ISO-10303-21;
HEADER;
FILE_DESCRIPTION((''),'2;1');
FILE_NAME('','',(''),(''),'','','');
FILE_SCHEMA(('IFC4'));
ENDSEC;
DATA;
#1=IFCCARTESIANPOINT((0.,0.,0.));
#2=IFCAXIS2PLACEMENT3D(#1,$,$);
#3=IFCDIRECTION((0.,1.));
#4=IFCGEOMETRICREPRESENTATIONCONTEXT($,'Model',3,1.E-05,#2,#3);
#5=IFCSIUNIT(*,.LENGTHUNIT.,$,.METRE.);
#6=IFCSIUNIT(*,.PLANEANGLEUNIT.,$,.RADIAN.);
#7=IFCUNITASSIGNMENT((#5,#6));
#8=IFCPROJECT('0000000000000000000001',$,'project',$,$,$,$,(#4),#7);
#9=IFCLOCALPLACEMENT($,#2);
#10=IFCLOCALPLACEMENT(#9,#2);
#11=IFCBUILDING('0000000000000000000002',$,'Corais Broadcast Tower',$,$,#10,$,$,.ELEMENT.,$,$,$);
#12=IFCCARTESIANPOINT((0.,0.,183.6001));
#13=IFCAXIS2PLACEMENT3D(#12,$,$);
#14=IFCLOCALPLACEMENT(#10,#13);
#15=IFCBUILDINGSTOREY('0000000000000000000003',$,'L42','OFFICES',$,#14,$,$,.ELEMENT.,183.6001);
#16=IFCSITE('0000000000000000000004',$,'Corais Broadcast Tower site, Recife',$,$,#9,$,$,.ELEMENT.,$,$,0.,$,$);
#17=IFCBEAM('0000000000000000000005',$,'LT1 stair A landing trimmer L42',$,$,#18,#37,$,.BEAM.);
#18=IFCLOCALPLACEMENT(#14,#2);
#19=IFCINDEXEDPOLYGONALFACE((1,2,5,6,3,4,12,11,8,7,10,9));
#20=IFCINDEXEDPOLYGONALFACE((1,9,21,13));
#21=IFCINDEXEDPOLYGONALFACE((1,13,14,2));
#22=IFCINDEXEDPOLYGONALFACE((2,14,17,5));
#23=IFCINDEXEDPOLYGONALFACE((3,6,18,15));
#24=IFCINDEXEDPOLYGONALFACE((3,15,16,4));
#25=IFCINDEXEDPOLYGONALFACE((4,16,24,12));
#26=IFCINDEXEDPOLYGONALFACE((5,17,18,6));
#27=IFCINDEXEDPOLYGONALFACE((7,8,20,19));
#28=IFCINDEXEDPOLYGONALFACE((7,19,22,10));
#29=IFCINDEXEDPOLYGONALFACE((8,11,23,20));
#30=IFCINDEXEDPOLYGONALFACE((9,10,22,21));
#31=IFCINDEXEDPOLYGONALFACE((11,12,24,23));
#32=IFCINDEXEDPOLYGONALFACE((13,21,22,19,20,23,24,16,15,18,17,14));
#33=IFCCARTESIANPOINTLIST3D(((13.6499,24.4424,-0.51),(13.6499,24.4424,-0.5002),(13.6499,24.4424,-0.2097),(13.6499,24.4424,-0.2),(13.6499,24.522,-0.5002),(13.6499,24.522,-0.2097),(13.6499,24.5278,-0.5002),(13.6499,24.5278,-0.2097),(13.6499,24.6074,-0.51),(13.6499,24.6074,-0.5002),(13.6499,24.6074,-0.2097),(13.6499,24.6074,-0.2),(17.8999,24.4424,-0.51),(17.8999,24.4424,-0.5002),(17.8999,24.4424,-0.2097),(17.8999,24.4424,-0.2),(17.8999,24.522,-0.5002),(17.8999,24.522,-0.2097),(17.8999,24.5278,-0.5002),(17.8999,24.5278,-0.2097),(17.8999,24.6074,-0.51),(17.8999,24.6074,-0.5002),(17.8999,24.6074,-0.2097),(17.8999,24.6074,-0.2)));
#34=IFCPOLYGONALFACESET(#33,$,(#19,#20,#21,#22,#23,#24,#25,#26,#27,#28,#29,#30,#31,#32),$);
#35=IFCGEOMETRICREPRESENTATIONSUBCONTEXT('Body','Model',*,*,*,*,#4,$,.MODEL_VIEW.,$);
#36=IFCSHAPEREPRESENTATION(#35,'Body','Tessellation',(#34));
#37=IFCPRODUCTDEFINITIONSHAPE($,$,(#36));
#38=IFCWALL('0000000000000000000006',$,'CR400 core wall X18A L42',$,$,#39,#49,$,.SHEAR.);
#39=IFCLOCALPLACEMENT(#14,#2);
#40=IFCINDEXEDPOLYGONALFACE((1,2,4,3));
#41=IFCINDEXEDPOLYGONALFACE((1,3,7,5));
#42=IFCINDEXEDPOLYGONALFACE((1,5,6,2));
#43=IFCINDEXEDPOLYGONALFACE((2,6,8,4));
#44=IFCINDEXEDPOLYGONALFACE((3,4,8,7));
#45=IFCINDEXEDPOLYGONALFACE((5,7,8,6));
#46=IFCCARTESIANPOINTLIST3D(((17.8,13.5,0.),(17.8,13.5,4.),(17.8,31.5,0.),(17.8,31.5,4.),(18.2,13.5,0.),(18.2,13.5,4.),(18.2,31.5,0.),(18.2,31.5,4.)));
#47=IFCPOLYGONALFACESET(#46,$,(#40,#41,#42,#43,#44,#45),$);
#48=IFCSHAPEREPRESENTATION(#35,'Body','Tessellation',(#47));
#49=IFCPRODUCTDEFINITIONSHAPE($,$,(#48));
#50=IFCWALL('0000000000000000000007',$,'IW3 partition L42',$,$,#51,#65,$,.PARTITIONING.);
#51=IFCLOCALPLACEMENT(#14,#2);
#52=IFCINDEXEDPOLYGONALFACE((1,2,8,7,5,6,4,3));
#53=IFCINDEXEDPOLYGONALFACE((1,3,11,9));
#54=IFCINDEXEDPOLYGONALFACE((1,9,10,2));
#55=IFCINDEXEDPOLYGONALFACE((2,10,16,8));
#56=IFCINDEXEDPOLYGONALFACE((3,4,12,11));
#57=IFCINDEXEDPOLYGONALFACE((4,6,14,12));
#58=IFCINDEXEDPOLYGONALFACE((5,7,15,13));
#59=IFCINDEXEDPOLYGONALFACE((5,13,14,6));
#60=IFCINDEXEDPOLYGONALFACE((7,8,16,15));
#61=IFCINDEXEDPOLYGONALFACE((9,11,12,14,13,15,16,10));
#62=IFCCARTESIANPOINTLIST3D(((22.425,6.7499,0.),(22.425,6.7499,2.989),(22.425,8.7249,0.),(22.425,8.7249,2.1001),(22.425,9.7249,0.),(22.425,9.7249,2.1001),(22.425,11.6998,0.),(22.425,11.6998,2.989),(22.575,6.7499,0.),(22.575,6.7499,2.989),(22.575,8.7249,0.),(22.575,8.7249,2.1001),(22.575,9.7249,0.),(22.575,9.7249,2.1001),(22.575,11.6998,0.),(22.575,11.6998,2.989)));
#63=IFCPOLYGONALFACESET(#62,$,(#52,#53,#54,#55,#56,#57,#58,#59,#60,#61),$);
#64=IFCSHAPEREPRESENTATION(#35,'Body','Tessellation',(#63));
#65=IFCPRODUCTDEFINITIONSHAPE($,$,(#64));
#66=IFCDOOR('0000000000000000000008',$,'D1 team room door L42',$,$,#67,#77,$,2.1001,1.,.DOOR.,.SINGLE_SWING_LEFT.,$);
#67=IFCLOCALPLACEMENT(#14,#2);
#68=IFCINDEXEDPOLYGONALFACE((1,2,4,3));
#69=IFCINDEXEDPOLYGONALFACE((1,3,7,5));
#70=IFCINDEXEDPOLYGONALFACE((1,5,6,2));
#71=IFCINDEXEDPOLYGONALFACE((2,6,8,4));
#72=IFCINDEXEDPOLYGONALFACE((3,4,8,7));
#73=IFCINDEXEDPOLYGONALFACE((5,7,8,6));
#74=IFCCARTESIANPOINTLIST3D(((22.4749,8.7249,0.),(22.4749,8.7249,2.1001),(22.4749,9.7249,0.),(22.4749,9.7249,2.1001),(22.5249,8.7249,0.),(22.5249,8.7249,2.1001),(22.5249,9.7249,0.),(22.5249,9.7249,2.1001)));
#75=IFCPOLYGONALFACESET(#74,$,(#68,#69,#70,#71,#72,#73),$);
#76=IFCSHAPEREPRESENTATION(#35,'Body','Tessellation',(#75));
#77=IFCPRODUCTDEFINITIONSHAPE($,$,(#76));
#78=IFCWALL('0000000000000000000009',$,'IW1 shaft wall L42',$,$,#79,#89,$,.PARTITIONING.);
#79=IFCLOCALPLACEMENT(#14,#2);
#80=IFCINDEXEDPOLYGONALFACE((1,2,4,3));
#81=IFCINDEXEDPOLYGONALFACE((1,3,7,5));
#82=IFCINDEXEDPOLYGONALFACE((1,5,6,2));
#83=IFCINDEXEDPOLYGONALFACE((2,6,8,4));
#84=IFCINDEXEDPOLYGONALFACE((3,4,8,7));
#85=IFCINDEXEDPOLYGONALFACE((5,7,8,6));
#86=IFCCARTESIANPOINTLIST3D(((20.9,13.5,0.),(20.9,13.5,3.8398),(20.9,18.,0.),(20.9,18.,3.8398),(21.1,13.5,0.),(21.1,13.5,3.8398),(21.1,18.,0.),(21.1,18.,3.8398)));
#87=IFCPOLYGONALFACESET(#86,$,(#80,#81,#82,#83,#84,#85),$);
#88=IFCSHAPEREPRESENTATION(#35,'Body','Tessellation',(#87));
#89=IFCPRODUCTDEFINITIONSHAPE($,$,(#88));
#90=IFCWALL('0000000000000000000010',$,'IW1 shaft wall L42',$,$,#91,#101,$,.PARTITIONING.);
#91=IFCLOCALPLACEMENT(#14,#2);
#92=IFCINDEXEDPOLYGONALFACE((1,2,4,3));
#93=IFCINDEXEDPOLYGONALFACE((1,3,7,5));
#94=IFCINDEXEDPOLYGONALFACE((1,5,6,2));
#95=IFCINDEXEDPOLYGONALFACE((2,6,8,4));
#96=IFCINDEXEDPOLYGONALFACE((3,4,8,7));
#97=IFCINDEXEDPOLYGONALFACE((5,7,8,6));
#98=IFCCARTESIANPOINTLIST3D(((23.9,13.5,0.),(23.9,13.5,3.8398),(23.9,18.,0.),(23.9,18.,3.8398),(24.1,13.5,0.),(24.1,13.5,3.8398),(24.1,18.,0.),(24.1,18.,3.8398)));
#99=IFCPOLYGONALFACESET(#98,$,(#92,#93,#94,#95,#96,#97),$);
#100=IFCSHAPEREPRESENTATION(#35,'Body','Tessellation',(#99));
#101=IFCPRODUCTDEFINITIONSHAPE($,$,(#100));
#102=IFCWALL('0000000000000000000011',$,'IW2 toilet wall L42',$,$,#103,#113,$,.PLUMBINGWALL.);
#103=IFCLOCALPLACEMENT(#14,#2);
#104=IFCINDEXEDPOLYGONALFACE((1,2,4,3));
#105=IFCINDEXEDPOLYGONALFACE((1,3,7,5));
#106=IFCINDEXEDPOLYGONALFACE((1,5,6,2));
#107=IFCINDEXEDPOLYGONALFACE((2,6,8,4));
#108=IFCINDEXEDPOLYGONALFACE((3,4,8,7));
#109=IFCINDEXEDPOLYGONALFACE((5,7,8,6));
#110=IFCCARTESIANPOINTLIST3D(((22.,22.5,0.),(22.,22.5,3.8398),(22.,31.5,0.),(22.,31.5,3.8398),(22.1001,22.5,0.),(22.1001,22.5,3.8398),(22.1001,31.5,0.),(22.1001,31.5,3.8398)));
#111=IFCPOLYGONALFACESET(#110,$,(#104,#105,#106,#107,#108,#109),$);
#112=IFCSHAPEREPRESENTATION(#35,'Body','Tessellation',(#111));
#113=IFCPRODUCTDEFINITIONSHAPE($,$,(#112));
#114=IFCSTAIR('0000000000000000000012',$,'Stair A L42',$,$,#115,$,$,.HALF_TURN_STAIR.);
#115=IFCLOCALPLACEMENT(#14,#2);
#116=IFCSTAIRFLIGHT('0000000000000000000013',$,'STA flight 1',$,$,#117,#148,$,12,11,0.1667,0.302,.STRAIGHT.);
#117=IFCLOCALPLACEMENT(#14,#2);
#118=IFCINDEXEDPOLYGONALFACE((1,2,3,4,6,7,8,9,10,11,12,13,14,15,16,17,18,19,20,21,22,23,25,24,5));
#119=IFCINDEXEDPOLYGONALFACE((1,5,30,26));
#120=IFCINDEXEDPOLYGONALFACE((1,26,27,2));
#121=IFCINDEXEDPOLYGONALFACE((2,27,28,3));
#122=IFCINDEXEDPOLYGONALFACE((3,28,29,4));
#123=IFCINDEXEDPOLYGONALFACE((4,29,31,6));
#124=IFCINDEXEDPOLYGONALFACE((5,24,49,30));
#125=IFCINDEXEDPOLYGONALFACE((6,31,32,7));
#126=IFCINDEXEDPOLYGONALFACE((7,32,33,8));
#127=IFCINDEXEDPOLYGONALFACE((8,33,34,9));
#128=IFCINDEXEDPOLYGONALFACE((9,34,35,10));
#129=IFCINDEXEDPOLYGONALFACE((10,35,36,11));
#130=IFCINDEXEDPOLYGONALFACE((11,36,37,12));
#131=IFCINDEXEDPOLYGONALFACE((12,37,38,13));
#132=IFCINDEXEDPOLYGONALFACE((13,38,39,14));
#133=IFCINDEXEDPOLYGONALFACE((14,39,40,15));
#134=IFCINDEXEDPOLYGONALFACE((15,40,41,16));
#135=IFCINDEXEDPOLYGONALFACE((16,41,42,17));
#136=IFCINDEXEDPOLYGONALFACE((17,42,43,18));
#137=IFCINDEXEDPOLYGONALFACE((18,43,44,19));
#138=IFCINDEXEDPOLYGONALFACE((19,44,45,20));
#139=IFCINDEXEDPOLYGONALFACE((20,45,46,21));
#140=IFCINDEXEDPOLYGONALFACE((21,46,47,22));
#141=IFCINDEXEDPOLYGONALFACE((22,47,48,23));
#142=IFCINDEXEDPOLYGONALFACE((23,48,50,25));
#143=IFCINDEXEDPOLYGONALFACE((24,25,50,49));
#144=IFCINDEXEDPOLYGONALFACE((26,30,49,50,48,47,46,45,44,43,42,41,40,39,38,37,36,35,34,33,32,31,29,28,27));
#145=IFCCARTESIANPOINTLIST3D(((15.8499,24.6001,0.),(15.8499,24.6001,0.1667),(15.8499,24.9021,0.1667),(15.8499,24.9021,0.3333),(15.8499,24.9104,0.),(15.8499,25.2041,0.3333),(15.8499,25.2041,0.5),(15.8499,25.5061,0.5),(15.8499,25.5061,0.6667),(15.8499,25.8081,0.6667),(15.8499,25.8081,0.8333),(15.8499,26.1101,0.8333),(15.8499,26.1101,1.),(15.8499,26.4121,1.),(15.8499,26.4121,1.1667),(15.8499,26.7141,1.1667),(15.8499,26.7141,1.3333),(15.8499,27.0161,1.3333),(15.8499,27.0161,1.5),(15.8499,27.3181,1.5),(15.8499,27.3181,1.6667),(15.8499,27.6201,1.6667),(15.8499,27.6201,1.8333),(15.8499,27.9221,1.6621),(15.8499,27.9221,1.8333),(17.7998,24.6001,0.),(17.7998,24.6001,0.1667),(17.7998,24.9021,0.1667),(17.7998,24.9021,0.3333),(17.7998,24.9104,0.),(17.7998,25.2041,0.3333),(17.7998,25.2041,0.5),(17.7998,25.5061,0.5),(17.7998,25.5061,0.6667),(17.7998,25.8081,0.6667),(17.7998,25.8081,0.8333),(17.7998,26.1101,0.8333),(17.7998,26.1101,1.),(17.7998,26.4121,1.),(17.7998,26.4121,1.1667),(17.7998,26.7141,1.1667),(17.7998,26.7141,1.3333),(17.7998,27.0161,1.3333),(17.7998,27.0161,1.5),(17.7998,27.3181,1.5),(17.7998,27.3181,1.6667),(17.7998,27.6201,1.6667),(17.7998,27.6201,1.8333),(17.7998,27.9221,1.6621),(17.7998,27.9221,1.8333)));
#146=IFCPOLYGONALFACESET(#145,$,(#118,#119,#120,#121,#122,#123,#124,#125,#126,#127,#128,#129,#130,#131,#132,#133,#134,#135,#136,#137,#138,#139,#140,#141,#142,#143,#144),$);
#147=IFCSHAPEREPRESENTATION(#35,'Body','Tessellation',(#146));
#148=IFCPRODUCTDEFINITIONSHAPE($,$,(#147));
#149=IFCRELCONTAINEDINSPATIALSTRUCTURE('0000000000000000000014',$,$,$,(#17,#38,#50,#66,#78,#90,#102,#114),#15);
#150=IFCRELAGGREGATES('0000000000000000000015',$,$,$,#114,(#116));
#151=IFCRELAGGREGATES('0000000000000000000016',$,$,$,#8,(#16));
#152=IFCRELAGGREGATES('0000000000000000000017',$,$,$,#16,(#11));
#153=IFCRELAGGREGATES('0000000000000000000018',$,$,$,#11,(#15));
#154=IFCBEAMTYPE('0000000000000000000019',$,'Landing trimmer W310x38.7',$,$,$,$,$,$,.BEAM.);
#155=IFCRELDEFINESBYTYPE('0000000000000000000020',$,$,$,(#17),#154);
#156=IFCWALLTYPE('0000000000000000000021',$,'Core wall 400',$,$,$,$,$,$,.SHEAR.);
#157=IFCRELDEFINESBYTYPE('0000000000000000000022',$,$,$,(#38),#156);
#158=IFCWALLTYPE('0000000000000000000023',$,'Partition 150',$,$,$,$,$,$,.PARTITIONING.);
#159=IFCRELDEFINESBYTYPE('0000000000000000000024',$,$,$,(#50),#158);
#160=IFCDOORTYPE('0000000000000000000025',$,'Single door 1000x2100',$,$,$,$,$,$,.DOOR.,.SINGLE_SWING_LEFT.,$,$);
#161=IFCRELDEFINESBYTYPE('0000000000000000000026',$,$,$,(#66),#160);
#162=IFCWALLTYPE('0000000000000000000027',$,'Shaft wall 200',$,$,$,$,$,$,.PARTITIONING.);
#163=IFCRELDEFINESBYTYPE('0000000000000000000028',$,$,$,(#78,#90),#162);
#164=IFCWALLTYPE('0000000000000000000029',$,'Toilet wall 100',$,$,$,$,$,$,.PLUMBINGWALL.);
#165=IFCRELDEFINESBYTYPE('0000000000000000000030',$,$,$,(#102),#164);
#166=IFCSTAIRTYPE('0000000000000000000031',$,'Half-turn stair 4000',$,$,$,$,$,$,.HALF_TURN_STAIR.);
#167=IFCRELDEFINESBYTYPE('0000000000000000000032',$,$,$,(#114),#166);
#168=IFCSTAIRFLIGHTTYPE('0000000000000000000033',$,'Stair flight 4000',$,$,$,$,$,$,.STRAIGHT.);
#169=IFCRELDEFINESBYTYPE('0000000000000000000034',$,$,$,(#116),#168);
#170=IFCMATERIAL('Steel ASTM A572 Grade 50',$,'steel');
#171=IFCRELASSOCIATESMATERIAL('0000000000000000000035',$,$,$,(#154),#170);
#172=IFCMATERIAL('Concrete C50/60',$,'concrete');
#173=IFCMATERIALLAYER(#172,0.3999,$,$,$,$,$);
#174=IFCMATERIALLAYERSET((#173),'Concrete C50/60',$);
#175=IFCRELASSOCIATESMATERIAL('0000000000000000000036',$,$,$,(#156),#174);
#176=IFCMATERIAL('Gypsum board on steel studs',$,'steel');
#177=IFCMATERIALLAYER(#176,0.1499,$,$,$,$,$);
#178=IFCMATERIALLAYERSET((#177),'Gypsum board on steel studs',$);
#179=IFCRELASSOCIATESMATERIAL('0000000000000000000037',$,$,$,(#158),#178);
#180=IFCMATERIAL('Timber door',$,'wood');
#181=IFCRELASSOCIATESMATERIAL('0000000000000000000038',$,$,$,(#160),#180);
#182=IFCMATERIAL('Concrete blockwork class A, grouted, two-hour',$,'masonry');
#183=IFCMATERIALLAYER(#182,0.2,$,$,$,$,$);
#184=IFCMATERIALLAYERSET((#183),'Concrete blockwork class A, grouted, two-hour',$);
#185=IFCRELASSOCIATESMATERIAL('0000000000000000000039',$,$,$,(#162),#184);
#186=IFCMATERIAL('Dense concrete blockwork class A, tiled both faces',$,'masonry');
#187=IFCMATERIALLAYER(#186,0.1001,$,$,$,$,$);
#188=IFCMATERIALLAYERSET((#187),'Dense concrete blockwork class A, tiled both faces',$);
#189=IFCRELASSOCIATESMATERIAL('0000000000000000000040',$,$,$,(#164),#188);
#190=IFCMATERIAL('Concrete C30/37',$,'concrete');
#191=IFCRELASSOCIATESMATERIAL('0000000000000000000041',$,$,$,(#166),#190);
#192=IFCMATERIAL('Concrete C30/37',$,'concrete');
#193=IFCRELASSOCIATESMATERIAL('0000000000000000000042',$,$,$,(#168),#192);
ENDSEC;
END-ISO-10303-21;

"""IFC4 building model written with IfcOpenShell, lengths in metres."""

from ifc_helpers import new_model, si_unit, direction, frame, frame_2d, origin, origin_2d, place, context, subcontext, project, spatial, polyline, rectangle, i_section, outline, extrude, material, layer, layer_set, material_profile, profile_set, type_object, element, fill, aggregate, save


model = new_model("IFC4")

# Units and contexts
model_context = context("Model", 3, precision=1e-05, world=origin(), true_north=direction((0.0, 1.0)))
body_context = subcontext(model_context, "Body", "Model", "MODEL_VIEW")
ifc_project = project(units=[si_unit("LENGTHUNIT", "METRE"), si_unit("PLANEANGLEUNIT", "RADIAN")], contexts=[model_context])

# Site, building, storey
site_placement = place(None, origin())
site = spatial("IfcSite", under=ifc_project, at=site_placement, Name="Corais Broadcast Tower site, Recife", CompositionType="ELEMENT", RefElevation=0.0)
building_placement = place(site_placement, origin())
building = spatial("IfcBuilding", under=site, at=building_placement, Name="Corais Broadcast Tower", CompositionType="ELEMENT")
storey_placement = place(building_placement, frame((0.0, 0.0, 183.6001)))
storey = spatial("IfcBuildingStorey", under=building, at=storey_placement, Name="L42", Description="OFFICES", CompositionType="ELEMENT", Elevation=183.6001)

# Beam
ifc_material_1 = material(Name="Steel ASTM A572 Grade 50", Category="steel")
ifc_material_profile = material_profile(ifc_material_1, i_section(OverallWidth=0.165, OverallDepth=0.3101, WebThickness=0.0059, FlangeThickness=0.0098, at=origin_2d()), Name="W310x38.7")
ifc_profile_set = profile_set([ifc_material_profile], Name="Steel ASTM A572 Grade 50")
beam_type = type_object("IfcBeamType", Name="Landing trimmer W310x38.7", PredefinedType="BEAM", material=ifc_profile_set)
beam_placement = place(storey_placement, frame((13.6499, 24.5249, -0.355), z_axis=(1.0, 0.0, 0.0), x_axis=(0.0, 1.0, 0.0)))
element("IfcBeam", 1, at=beam_placement, inside=storey, type_object=beam_type, Name="LT1 stair A landing trimmer L42", PredefinedType="BEAM", context=body_context, shape_type="SweptSolid", body=[
    extrude(i_section(OverallWidth=0.165, OverallDepth=0.3101, WebThickness=0.0059, FlangeThickness=0.0098, at=origin_2d()), origin(), (0.0, 0.0, 1.0), 4.25),
])

# Wall
ifc_material_2 = material(Name="Concrete C50/60", Category="concrete")
ifc_layer_1 = layer(ifc_material_2, 0.3999)
ifc_layer_set_1 = layer_set([ifc_layer_1], Name="Concrete C50/60")
wall_type_1 = type_object("IfcWallType", Name="Core wall 400", PredefinedType="SHEAR", material=ifc_layer_set_1)
wall_1_placement = place(storey_placement, frame((18.0, 13.5, 0.0), z_axis=(0.0, 0.0, 1.0), x_axis=(0.0, 1.0, 0.0)))
element("IfcWall", 2, at=wall_1_placement, inside=storey, type_object=wall_type_1, Name="CR400 core wall X18A L42", PredefinedType="SHEAR", context=body_context, shape_type="SweptSolid", body=[
    extrude(rectangle(XDim=18.0, YDim=0.3999, at=frame_2d((9.0, 0.0))), origin(), (0.0, 0.0, 1.0), 4.0),
])

# Wall, opening, door
ifc_material_3 = material(Name="Gypsum board on steel studs", Category="steel")
ifc_layer_2 = layer(ifc_material_3, 0.1499)
ifc_layer_set_2 = layer_set([ifc_layer_2], Name="Gypsum board on steel studs")
wall_type_2 = type_object("IfcWallType", Name="Partition 150", PredefinedType="PARTITIONING", material=ifc_layer_set_2)
wall_2_placement = place(storey_placement, frame((22.5, 11.7, 0.0), z_axis=(0.0, 0.0, 1.0), x_axis=(0.0, -1.0, 0.0)))
wall_2 = element("IfcWall", 3, at=wall_2_placement, inside=storey, type_object=wall_type_2, Name="IW3 partition L42", PredefinedType="PARTITIONING", context=body_context, shape_type="SweptSolid", body=[
    extrude(rectangle(XDim=4.95, YDim=0.1499, at=frame_2d((2.4751, 0.0))), origin(), (0.0, 0.0, 1.0), 2.989),
])
opening_placement = place(wall_2_placement, frame((1.9751, 0.0, 0.0)))
opening = element("IfcOpeningElement", 4, at=opening_placement, cuts=wall_2, PredefinedType="OPENING", context=body_context, shape_type="SweptSolid", body=[
    extrude(rectangle(XDim=1.0, YDim=2.1001, at=frame_2d((0.5, 1.05))), frame((0.0, 0.085, 0.0), z_axis=(0.0, -1.0, 0.0), x_axis=(1.0, 0.0, 0.0)), (0.0, 0.0, 1.0), 0.1699),
])
ifc_material_4 = material(Name="Timber door", Category="wood")
door_type = type_object("IfcDoorType", Name="Single door 1000x2100", OperationType="SINGLE_SWING_LEFT", PredefinedType="DOOR", material=ifc_material_4)
door_placement = place(opening_placement, origin())
door = element("IfcDoor", 5, at=door_placement, inside=storey, type_object=door_type, Name="D1 team room door L42", OperationType="SINGLE_SWING_LEFT", OverallHeight=2.1001, OverallWidth=1.0, PredefinedType="DOOR", context=body_context, shape_type="SweptSolid", body=[
    extrude(rectangle(XDim=1.0, YDim=2.1001, at=frame_2d((0.5, 1.05))), frame((0.0, 0.0249, 0.0), z_axis=(0.0, -1.0, 0.0), x_axis=(1.0, 0.0, 0.0)), (0.0, 0.0, 1.0), 0.05),
])
fill(opening, door)

# Walls
ifc_material_5 = material(Name="Concrete blockwork class A, grouted, two-hour", Category="masonry")
ifc_layer_3 = layer(ifc_material_5, 0.2)
ifc_layer_set_3 = layer_set([ifc_layer_3], Name="Concrete blockwork class A, grouted, two-hour")
wall_type_3 = type_object("IfcWallType", Name="Shaft wall 200", PredefinedType="PARTITIONING", material=ifc_layer_set_3)
for number, where, z_axis, x_axis, name in (
    (6, (21.0, 13.5, 0.0), (0.0, 0.0, 1.0), (0.0, 1.0, 0.0), "IW1 shaft wall L42"),
    (7, (24.0, 13.5, 0.0), (0.0, 0.0, 1.0), (0.0, 1.0, 0.0), "IW1 shaft wall L42"),
):
    element("IfcWall", number, at=place(storey_placement, frame(where, z_axis=z_axis, x_axis=x_axis)), inside=storey, type_object=wall_type_3, Name=name, PredefinedType="PARTITIONING", context=body_context, shape_type="SweptSolid", body=[
        extrude(rectangle(XDim=4.5, YDim=0.2, at=frame_2d((2.25, 0.0))), origin(), (0.0, 0.0, 1.0), 3.8398),
    ])
ifc_material_6 = material(Name="Dense concrete blockwork class A, tiled both faces", Category="masonry")
ifc_layer_4 = layer(ifc_material_6, 0.1001)
ifc_layer_set_4 = layer_set([ifc_layer_4], Name="Dense concrete blockwork class A, tiled both faces")
wall_type_4 = type_object("IfcWallType", Name="Toilet wall 100", PredefinedType="PLUMBINGWALL", material=ifc_layer_set_4)
wall_3_placement = place(storey_placement, frame((22.05, 22.5, 0.0), z_axis=(0.0, 0.0, 1.0), x_axis=(0.0, 1.0, 0.0)))
element("IfcWall", 8, at=wall_3_placement, inside=storey, type_object=wall_type_4, Name="IW2 toilet wall L42", PredefinedType="PLUMBINGWALL", context=body_context, shape_type="SweptSolid", body=[
    extrude(rectangle(XDim=9.0, YDim=0.1001, at=frame_2d((4.5, 0.0))), origin(), (0.0, 0.0, 1.0), 3.8398),
])

# Stair, stair flight
ifc_material_7 = material(Name="Concrete C30/37", Category="concrete")
stair_type = type_object("IfcStairType", Name="Half-turn stair 4000", PredefinedType="HALF_TURN_STAIR", material=ifc_material_7)
stair_placement = place(storey_placement, origin())
stair = element("IfcStair", 9, at=stair_placement, inside=storey, type_object=stair_type, Name="Stair A L42", PredefinedType="HALF_TURN_STAIR")
ifc_material_8 = material(Name="Concrete C30/37", Category="concrete")
stair_flight_type = type_object("IfcStairFlightType", Name="Stair flight 4000", PredefinedType="STRAIGHT", material=ifc_material_8)
stair_flight_placement = place(storey_placement, frame((16.825, 24.6001, 0.0), z_axis=(0.0, 0.0, 1.0), x_axis=(0.0, 1.0, 0.0)))
stair_flight = element("IfcStairFlight", 10, at=stair_flight_placement, type_object=stair_flight_type, Name="STA flight 1", NumberOfRisers=12, NumberOfTreads=11, PredefinedType="STRAIGHT", RiserHeight=0.1667, TreadLength=0.302, context=body_context, shape_type="SweptSolid", body=[
    extrude(outline(polyline([(0.0, 0.0), (0.0, 0.1667), (0.302, 0.1667), (0.302, 0.3333), (0.604, 0.3333), (0.604, 0.5), (0.906, 0.5), (0.906, 0.6667), (1.208, 0.6667), (1.208, 0.8333), (1.51, 0.8333), (1.51, 1.0), (1.812, 1.0), (1.812, 1.1667), (2.114, 1.1667), (2.114, 1.3333), (2.416, 1.3333), (2.416, 1.5), (2.718, 1.5), (2.718, 1.6667), (3.02, 1.6667), (3.02, 1.8333), (3.322, 1.8333), (3.322, 2.0), (3.322, 1.6621), (0.3103, 0.0), (0.0, 0.0)])), frame((0.0, 0.9751, 0.0), z_axis=(0.0, -1.0, 0.0), x_axis=(1.0, 0.0, 0.0)), (0.0, 0.0, 1.0), 1.95),
])
aggregate(stair, [stair_flight])

save(model, "model.ifc")
